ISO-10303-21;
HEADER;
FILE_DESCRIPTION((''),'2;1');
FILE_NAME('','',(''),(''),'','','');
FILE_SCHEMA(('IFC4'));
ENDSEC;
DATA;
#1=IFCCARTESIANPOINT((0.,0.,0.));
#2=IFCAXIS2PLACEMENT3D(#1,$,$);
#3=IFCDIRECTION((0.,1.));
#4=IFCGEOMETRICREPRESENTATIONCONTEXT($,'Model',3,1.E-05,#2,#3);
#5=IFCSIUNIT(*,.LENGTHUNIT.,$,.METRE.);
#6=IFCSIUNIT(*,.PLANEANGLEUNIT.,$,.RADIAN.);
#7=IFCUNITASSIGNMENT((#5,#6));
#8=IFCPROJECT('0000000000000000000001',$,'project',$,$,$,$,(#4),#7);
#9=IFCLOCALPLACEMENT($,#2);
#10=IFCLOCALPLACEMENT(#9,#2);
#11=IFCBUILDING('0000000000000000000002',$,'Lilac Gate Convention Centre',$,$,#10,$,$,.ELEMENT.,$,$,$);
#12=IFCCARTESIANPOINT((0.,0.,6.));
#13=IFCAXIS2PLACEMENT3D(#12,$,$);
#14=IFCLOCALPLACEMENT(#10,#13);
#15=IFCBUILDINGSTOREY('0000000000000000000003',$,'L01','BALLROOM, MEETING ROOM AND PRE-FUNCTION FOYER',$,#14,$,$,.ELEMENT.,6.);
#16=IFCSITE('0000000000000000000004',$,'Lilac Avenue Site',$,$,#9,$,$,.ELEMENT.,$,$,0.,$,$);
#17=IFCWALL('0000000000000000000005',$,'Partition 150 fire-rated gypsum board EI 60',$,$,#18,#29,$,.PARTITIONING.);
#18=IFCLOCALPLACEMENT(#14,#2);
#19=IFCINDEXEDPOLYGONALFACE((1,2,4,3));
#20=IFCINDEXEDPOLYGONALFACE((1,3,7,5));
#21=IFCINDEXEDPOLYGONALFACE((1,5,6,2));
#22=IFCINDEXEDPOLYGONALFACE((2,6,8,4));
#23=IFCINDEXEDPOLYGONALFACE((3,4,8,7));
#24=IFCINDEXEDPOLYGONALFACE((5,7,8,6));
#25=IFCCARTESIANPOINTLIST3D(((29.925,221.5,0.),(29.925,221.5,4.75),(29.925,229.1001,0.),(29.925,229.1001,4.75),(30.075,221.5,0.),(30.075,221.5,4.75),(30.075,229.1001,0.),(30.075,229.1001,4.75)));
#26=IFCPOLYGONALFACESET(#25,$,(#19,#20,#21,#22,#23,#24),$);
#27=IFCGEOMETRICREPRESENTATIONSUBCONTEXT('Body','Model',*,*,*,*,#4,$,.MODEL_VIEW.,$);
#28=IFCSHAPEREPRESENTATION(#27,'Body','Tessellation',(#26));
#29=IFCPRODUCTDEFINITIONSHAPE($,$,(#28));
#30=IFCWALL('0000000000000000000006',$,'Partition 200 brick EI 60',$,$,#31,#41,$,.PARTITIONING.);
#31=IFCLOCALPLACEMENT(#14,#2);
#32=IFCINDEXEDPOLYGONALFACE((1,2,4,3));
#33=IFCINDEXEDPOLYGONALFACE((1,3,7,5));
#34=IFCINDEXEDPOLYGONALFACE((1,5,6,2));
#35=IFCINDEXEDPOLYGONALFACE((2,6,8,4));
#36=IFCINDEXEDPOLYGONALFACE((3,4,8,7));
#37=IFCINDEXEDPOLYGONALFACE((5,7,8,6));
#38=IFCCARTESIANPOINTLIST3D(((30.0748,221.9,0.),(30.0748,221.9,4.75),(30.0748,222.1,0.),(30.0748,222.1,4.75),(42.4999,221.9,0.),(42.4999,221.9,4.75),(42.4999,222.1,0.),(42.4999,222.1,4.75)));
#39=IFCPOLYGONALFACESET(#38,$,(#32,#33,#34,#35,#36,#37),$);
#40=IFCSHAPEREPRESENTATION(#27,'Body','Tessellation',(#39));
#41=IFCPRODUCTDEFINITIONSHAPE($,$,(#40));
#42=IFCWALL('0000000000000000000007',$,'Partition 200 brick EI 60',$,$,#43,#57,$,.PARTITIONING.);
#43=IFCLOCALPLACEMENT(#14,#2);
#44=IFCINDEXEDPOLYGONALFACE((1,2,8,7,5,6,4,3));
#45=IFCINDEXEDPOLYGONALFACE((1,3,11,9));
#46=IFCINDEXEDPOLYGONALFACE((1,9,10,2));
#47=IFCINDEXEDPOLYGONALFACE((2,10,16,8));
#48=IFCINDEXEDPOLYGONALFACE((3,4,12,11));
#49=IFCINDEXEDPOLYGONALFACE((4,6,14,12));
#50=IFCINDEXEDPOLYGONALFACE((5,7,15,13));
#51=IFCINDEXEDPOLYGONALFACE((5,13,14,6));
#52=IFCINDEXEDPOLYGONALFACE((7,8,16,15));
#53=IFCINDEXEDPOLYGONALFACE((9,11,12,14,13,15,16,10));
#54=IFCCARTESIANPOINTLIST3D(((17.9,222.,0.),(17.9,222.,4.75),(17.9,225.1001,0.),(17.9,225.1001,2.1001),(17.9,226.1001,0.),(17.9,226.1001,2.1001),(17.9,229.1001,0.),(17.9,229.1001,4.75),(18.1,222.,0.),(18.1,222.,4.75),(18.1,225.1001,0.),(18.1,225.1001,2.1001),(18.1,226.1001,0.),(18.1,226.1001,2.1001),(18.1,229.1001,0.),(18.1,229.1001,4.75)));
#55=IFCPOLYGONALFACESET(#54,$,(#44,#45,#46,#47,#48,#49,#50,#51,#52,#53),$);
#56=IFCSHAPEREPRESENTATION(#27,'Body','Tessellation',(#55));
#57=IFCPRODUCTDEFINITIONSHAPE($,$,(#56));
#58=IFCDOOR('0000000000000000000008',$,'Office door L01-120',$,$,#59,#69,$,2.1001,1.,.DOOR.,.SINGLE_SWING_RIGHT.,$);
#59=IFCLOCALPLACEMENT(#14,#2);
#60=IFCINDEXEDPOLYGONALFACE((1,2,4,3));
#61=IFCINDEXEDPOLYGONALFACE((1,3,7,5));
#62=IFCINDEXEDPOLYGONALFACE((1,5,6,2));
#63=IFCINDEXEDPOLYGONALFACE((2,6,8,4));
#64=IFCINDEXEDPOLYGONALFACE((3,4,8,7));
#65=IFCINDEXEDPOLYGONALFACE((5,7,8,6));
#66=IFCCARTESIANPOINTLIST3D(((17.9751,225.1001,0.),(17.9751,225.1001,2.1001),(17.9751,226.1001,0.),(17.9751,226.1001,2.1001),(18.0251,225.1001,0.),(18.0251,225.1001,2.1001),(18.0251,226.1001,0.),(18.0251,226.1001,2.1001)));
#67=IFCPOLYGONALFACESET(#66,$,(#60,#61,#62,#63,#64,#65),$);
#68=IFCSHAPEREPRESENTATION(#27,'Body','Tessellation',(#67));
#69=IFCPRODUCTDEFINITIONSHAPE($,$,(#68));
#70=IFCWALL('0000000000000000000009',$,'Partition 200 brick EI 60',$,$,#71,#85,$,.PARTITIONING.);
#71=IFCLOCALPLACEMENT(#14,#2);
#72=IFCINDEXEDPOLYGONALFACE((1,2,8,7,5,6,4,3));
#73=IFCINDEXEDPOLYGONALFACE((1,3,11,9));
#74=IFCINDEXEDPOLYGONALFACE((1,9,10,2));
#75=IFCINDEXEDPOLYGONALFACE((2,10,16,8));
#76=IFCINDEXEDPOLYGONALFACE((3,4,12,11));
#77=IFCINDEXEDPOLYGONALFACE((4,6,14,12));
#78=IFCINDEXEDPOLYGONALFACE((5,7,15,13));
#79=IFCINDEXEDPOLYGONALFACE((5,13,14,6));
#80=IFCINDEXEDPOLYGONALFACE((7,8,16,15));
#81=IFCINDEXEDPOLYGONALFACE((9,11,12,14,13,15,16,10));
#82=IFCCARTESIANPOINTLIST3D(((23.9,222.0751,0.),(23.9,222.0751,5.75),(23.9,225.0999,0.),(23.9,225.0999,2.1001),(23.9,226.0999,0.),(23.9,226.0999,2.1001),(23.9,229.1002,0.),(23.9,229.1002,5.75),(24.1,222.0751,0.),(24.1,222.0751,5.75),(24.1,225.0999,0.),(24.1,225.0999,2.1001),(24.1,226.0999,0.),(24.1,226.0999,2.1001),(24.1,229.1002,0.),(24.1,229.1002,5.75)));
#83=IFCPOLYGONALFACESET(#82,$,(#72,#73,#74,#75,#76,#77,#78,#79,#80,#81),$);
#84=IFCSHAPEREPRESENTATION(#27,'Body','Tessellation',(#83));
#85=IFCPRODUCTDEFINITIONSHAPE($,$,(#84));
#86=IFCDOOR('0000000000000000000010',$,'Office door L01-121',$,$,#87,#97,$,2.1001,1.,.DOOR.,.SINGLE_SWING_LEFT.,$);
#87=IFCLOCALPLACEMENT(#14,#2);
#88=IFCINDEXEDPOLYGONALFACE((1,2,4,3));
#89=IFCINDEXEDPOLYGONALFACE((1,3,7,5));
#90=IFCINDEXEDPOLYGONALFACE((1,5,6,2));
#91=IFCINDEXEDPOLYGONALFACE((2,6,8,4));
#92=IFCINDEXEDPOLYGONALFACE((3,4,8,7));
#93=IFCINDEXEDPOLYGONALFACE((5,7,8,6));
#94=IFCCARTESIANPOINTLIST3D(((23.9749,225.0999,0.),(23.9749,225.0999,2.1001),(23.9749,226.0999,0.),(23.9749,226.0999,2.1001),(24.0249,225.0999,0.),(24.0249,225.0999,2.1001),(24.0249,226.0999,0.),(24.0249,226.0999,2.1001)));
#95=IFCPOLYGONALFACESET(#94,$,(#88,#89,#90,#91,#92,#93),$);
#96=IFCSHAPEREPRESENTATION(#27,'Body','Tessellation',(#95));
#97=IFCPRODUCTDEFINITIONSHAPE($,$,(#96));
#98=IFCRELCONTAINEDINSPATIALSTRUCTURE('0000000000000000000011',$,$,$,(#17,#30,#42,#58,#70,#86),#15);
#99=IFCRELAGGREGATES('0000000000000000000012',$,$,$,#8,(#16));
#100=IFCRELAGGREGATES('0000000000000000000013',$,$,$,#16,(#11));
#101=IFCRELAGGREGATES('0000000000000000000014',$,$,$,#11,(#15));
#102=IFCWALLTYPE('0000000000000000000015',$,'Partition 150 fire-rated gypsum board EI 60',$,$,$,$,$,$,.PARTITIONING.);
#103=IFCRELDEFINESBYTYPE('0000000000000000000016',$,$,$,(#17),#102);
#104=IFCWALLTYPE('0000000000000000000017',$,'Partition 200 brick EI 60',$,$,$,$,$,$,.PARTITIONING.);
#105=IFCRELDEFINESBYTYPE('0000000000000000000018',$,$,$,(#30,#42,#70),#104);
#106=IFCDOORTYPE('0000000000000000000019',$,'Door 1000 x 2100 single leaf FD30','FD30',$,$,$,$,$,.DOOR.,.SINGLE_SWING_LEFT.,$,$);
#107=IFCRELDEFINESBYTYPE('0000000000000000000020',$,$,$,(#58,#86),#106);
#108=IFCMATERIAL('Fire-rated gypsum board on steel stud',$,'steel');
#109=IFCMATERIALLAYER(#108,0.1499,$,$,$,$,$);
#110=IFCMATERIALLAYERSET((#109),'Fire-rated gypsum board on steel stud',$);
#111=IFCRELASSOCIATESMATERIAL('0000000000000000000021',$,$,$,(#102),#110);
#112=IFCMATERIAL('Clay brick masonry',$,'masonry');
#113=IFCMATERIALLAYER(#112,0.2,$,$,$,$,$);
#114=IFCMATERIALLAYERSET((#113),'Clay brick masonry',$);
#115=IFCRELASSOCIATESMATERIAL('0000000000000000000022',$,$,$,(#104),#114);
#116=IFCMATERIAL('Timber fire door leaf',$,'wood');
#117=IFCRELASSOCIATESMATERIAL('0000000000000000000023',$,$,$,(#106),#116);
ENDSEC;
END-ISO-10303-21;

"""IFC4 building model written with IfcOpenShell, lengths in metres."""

from ifc_helpers import new_model, si_unit, direction, frame, frame_2d, origin, place, context, subcontext, project, spatial, rectangle, extrude, material, layer, layer_set, type_object, element, fill, save


model = new_model("IFC4")

# Units and contexts
model_context = context("Model", 3, precision=1e-05, world=origin(), true_north=direction((0.0, 1.0)))
body_context = subcontext(model_context, "Body", "Model", "MODEL_VIEW")
ifc_project = project(units=[si_unit("LENGTHUNIT", "METRE"), si_unit("PLANEANGLEUNIT", "RADIAN")], contexts=[model_context])

# Site, building, storey
site_placement = place(None, origin())
site = spatial("IfcSite", under=ifc_project, at=site_placement, Name="Lilac Avenue Site", CompositionType="ELEMENT", RefElevation=0.0)
building_placement = place(site_placement, origin())
building = spatial("IfcBuilding", under=site, at=building_placement, Name="Lilac Gate Convention Centre", CompositionType="ELEMENT")
storey_placement = place(building_placement, frame((0.0, 0.0, 6.0)))
storey = spatial("IfcBuildingStorey", under=building, at=storey_placement, Name="L01", Description="BALLROOM, MEETING ROOM AND PRE-FUNCTION FOYER", CompositionType="ELEMENT", Elevation=6.0)

# Walls
ifc_material_1 = material(Name="Fire-rated gypsum board on steel stud", Category="steel")
ifc_layer_1 = layer(ifc_material_1, 0.1499)
ifc_layer_set_1 = layer_set([ifc_layer_1], Name="Fire-rated gypsum board on steel stud")
wall_type_1 = type_object("IfcWallType", Name="Partition 150 fire-rated gypsum board EI 60", PredefinedType="PARTITIONING", material=ifc_layer_set_1)
wall_1_placement = place(storey_placement, frame((30.0, 221.5, 0.0), z_axis=(0.0, 0.0, 1.0), x_axis=(0.0, 1.0, 0.0)))
element("IfcWall", 1, at=wall_1_placement, inside=storey, type_object=wall_type_1, Name="Partition 150 fire-rated gypsum board EI 60", PredefinedType="PARTITIONING", context=body_context, shape_type="SweptSolid", body=[
    extrude(rectangle(XDim=7.6001, YDim=0.1499, at=frame_2d((3.8, 0.0))), origin(), (0.0, 0.0, 1.0), 4.75),
])
ifc_material_2 = material(Name="Clay brick masonry", Category="masonry")
ifc_layer_2 = layer(ifc_material_2, 0.2)
ifc_layer_set_2 = layer_set([ifc_layer_2], Name="Clay brick masonry")
wall_type_2 = type_object("IfcWallType", Name="Partition 200 brick EI 60", PredefinedType="PARTITIONING", material=ifc_layer_set_2)
wall_2_placement = place(storey_placement, frame((30.075, 222.0, 0.0), z_axis=(0.0, 0.0, 1.0), x_axis=(1.0, 0.0, 0.0)))
element("IfcWall", 2, at=wall_2_placement, inside=storey, type_object=wall_type_2, Name="Partition 200 brick EI 60", PredefinedType="PARTITIONING", context=body_context, shape_type="SweptSolid", body=[
    extrude(rectangle(XDim=12.425, YDim=0.2, at=frame_2d((6.2124, 0.0))), origin(), (0.0, 0.0, 1.0), 4.75),
])

# Walls, openings, doors
wall_3_placement = place(storey_placement, frame((18.0, 222.0, 0.0), z_axis=(0.0, 0.0, 1.0), x_axis=(0.0, 1.0, 0.0)))
wall_3 = element("IfcWall", 3, at=wall_3_placement, inside=storey, type_object=wall_type_2, Name="Partition 200 brick EI 60", PredefinedType="PARTITIONING", context=body_context, shape_type="SweptSolid", body=[
    extrude(rectangle(XDim=7.1001, YDim=0.2, at=frame_2d((3.55, 0.0))), origin(), (0.0, 0.0, 1.0), 4.75),
])
opening_1_placement = place(wall_3_placement, frame((3.1001, 0.0, 0.0)))
opening_1 = element("IfcOpeningElement", 4, at=opening_1_placement, cuts=wall_3, PredefinedType="OPENING", context=body_context, shape_type="SweptSolid", body=[
    extrude(rectangle(XDim=1.0, YDim=2.1001, at=frame_2d((0.5, 1.05))), frame((0.0, 0.1099, 0.0), z_axis=(0.0, -1.0, 0.0), x_axis=(1.0, 0.0, 0.0)), (0.0, 0.0, 1.0), 0.22),
])
ifc_material_3 = material(Name="Timber fire door leaf", Category="wood")
door_type = type_object("IfcDoorType", Name="Door 1000 x 2100 single leaf FD30", Description="FD30", OperationType="SINGLE_SWING_LEFT", PredefinedType="DOOR", material=ifc_material_3)
door_1_placement = place(opening_1_placement, origin())
door_1 = element("IfcDoor", 5, at=door_1_placement, inside=storey, type_object=door_type, Name="Office door L01-120", OperationType="SINGLE_SWING_RIGHT", OverallHeight=2.1001, OverallWidth=1.0, PredefinedType="DOOR", context=body_context, shape_type="SweptSolid", body=[
    extrude(rectangle(XDim=1.0, YDim=2.1001, at=frame_2d((0.5, 1.05))), frame((0.0, 0.0249, 0.0), z_axis=(0.0, -1.0, 0.0), x_axis=(1.0, 0.0, 0.0)), (0.0, 0.0, 1.0), 0.05),
])
fill(opening_1, door_1)
wall_4_placement = place(storey_placement, frame((24.0, 222.075, 0.0), z_axis=(0.0, 0.0, 1.0), x_axis=(0.0, 1.0, 0.0)))
wall_4 = element("IfcWall", 6, at=wall_4_placement, inside=storey, type_object=wall_type_2, Name="Partition 200 brick EI 60", PredefinedType="PARTITIONING", context=body_context, shape_type="SweptSolid", body=[
    extrude(rectangle(XDim=7.0251, YDim=0.2, at=frame_2d((3.5127, 0.0))), origin(), (0.0, 0.0, 1.0), 5.75),
])
opening_2_placement = place(wall_4_placement, frame((3.0249, 0.0, 0.0)))
opening_2 = element("IfcOpeningElement", 7, at=opening_2_placement, cuts=wall_4, PredefinedType="OPENING", context=body_context, shape_type="SweptSolid", body=[
    extrude(rectangle(XDim=1.0, YDim=2.1001, at=frame_2d((0.5, 1.05))), frame((0.0, 0.1099, 0.0), z_axis=(0.0, -1.0, 0.0), x_axis=(1.0, 0.0, 0.0)), (0.0, 0.0, 1.0), 0.22),
])
door_2_placement = place(opening_2_placement, frame((1.0, 0.0, 0.0), z_axis=(0.0, 0.0, 1.0), x_axis=(-1.0, 0.0, 0.0)))
door_2 = element("IfcDoor", 8, at=door_2_placement, inside=storey, type_object=door_type, Name="Office door L01-121", OperationType="SINGLE_SWING_LEFT", OverallHeight=2.1001, OverallWidth=1.0, PredefinedType="DOOR", context=body_context, shape_type="SweptSolid", body=[
    extrude(rectangle(XDim=1.0, YDim=2.1001, at=frame_2d((0.5, 1.05))), frame((0.0, 0.0249, 0.0), z_axis=(0.0, -1.0, 0.0), x_axis=(1.0, 0.0, 0.0)), (0.0, 0.0, 1.0), 0.05),
])
fill(opening_2, door_2)

save(model, "model.ifc")
